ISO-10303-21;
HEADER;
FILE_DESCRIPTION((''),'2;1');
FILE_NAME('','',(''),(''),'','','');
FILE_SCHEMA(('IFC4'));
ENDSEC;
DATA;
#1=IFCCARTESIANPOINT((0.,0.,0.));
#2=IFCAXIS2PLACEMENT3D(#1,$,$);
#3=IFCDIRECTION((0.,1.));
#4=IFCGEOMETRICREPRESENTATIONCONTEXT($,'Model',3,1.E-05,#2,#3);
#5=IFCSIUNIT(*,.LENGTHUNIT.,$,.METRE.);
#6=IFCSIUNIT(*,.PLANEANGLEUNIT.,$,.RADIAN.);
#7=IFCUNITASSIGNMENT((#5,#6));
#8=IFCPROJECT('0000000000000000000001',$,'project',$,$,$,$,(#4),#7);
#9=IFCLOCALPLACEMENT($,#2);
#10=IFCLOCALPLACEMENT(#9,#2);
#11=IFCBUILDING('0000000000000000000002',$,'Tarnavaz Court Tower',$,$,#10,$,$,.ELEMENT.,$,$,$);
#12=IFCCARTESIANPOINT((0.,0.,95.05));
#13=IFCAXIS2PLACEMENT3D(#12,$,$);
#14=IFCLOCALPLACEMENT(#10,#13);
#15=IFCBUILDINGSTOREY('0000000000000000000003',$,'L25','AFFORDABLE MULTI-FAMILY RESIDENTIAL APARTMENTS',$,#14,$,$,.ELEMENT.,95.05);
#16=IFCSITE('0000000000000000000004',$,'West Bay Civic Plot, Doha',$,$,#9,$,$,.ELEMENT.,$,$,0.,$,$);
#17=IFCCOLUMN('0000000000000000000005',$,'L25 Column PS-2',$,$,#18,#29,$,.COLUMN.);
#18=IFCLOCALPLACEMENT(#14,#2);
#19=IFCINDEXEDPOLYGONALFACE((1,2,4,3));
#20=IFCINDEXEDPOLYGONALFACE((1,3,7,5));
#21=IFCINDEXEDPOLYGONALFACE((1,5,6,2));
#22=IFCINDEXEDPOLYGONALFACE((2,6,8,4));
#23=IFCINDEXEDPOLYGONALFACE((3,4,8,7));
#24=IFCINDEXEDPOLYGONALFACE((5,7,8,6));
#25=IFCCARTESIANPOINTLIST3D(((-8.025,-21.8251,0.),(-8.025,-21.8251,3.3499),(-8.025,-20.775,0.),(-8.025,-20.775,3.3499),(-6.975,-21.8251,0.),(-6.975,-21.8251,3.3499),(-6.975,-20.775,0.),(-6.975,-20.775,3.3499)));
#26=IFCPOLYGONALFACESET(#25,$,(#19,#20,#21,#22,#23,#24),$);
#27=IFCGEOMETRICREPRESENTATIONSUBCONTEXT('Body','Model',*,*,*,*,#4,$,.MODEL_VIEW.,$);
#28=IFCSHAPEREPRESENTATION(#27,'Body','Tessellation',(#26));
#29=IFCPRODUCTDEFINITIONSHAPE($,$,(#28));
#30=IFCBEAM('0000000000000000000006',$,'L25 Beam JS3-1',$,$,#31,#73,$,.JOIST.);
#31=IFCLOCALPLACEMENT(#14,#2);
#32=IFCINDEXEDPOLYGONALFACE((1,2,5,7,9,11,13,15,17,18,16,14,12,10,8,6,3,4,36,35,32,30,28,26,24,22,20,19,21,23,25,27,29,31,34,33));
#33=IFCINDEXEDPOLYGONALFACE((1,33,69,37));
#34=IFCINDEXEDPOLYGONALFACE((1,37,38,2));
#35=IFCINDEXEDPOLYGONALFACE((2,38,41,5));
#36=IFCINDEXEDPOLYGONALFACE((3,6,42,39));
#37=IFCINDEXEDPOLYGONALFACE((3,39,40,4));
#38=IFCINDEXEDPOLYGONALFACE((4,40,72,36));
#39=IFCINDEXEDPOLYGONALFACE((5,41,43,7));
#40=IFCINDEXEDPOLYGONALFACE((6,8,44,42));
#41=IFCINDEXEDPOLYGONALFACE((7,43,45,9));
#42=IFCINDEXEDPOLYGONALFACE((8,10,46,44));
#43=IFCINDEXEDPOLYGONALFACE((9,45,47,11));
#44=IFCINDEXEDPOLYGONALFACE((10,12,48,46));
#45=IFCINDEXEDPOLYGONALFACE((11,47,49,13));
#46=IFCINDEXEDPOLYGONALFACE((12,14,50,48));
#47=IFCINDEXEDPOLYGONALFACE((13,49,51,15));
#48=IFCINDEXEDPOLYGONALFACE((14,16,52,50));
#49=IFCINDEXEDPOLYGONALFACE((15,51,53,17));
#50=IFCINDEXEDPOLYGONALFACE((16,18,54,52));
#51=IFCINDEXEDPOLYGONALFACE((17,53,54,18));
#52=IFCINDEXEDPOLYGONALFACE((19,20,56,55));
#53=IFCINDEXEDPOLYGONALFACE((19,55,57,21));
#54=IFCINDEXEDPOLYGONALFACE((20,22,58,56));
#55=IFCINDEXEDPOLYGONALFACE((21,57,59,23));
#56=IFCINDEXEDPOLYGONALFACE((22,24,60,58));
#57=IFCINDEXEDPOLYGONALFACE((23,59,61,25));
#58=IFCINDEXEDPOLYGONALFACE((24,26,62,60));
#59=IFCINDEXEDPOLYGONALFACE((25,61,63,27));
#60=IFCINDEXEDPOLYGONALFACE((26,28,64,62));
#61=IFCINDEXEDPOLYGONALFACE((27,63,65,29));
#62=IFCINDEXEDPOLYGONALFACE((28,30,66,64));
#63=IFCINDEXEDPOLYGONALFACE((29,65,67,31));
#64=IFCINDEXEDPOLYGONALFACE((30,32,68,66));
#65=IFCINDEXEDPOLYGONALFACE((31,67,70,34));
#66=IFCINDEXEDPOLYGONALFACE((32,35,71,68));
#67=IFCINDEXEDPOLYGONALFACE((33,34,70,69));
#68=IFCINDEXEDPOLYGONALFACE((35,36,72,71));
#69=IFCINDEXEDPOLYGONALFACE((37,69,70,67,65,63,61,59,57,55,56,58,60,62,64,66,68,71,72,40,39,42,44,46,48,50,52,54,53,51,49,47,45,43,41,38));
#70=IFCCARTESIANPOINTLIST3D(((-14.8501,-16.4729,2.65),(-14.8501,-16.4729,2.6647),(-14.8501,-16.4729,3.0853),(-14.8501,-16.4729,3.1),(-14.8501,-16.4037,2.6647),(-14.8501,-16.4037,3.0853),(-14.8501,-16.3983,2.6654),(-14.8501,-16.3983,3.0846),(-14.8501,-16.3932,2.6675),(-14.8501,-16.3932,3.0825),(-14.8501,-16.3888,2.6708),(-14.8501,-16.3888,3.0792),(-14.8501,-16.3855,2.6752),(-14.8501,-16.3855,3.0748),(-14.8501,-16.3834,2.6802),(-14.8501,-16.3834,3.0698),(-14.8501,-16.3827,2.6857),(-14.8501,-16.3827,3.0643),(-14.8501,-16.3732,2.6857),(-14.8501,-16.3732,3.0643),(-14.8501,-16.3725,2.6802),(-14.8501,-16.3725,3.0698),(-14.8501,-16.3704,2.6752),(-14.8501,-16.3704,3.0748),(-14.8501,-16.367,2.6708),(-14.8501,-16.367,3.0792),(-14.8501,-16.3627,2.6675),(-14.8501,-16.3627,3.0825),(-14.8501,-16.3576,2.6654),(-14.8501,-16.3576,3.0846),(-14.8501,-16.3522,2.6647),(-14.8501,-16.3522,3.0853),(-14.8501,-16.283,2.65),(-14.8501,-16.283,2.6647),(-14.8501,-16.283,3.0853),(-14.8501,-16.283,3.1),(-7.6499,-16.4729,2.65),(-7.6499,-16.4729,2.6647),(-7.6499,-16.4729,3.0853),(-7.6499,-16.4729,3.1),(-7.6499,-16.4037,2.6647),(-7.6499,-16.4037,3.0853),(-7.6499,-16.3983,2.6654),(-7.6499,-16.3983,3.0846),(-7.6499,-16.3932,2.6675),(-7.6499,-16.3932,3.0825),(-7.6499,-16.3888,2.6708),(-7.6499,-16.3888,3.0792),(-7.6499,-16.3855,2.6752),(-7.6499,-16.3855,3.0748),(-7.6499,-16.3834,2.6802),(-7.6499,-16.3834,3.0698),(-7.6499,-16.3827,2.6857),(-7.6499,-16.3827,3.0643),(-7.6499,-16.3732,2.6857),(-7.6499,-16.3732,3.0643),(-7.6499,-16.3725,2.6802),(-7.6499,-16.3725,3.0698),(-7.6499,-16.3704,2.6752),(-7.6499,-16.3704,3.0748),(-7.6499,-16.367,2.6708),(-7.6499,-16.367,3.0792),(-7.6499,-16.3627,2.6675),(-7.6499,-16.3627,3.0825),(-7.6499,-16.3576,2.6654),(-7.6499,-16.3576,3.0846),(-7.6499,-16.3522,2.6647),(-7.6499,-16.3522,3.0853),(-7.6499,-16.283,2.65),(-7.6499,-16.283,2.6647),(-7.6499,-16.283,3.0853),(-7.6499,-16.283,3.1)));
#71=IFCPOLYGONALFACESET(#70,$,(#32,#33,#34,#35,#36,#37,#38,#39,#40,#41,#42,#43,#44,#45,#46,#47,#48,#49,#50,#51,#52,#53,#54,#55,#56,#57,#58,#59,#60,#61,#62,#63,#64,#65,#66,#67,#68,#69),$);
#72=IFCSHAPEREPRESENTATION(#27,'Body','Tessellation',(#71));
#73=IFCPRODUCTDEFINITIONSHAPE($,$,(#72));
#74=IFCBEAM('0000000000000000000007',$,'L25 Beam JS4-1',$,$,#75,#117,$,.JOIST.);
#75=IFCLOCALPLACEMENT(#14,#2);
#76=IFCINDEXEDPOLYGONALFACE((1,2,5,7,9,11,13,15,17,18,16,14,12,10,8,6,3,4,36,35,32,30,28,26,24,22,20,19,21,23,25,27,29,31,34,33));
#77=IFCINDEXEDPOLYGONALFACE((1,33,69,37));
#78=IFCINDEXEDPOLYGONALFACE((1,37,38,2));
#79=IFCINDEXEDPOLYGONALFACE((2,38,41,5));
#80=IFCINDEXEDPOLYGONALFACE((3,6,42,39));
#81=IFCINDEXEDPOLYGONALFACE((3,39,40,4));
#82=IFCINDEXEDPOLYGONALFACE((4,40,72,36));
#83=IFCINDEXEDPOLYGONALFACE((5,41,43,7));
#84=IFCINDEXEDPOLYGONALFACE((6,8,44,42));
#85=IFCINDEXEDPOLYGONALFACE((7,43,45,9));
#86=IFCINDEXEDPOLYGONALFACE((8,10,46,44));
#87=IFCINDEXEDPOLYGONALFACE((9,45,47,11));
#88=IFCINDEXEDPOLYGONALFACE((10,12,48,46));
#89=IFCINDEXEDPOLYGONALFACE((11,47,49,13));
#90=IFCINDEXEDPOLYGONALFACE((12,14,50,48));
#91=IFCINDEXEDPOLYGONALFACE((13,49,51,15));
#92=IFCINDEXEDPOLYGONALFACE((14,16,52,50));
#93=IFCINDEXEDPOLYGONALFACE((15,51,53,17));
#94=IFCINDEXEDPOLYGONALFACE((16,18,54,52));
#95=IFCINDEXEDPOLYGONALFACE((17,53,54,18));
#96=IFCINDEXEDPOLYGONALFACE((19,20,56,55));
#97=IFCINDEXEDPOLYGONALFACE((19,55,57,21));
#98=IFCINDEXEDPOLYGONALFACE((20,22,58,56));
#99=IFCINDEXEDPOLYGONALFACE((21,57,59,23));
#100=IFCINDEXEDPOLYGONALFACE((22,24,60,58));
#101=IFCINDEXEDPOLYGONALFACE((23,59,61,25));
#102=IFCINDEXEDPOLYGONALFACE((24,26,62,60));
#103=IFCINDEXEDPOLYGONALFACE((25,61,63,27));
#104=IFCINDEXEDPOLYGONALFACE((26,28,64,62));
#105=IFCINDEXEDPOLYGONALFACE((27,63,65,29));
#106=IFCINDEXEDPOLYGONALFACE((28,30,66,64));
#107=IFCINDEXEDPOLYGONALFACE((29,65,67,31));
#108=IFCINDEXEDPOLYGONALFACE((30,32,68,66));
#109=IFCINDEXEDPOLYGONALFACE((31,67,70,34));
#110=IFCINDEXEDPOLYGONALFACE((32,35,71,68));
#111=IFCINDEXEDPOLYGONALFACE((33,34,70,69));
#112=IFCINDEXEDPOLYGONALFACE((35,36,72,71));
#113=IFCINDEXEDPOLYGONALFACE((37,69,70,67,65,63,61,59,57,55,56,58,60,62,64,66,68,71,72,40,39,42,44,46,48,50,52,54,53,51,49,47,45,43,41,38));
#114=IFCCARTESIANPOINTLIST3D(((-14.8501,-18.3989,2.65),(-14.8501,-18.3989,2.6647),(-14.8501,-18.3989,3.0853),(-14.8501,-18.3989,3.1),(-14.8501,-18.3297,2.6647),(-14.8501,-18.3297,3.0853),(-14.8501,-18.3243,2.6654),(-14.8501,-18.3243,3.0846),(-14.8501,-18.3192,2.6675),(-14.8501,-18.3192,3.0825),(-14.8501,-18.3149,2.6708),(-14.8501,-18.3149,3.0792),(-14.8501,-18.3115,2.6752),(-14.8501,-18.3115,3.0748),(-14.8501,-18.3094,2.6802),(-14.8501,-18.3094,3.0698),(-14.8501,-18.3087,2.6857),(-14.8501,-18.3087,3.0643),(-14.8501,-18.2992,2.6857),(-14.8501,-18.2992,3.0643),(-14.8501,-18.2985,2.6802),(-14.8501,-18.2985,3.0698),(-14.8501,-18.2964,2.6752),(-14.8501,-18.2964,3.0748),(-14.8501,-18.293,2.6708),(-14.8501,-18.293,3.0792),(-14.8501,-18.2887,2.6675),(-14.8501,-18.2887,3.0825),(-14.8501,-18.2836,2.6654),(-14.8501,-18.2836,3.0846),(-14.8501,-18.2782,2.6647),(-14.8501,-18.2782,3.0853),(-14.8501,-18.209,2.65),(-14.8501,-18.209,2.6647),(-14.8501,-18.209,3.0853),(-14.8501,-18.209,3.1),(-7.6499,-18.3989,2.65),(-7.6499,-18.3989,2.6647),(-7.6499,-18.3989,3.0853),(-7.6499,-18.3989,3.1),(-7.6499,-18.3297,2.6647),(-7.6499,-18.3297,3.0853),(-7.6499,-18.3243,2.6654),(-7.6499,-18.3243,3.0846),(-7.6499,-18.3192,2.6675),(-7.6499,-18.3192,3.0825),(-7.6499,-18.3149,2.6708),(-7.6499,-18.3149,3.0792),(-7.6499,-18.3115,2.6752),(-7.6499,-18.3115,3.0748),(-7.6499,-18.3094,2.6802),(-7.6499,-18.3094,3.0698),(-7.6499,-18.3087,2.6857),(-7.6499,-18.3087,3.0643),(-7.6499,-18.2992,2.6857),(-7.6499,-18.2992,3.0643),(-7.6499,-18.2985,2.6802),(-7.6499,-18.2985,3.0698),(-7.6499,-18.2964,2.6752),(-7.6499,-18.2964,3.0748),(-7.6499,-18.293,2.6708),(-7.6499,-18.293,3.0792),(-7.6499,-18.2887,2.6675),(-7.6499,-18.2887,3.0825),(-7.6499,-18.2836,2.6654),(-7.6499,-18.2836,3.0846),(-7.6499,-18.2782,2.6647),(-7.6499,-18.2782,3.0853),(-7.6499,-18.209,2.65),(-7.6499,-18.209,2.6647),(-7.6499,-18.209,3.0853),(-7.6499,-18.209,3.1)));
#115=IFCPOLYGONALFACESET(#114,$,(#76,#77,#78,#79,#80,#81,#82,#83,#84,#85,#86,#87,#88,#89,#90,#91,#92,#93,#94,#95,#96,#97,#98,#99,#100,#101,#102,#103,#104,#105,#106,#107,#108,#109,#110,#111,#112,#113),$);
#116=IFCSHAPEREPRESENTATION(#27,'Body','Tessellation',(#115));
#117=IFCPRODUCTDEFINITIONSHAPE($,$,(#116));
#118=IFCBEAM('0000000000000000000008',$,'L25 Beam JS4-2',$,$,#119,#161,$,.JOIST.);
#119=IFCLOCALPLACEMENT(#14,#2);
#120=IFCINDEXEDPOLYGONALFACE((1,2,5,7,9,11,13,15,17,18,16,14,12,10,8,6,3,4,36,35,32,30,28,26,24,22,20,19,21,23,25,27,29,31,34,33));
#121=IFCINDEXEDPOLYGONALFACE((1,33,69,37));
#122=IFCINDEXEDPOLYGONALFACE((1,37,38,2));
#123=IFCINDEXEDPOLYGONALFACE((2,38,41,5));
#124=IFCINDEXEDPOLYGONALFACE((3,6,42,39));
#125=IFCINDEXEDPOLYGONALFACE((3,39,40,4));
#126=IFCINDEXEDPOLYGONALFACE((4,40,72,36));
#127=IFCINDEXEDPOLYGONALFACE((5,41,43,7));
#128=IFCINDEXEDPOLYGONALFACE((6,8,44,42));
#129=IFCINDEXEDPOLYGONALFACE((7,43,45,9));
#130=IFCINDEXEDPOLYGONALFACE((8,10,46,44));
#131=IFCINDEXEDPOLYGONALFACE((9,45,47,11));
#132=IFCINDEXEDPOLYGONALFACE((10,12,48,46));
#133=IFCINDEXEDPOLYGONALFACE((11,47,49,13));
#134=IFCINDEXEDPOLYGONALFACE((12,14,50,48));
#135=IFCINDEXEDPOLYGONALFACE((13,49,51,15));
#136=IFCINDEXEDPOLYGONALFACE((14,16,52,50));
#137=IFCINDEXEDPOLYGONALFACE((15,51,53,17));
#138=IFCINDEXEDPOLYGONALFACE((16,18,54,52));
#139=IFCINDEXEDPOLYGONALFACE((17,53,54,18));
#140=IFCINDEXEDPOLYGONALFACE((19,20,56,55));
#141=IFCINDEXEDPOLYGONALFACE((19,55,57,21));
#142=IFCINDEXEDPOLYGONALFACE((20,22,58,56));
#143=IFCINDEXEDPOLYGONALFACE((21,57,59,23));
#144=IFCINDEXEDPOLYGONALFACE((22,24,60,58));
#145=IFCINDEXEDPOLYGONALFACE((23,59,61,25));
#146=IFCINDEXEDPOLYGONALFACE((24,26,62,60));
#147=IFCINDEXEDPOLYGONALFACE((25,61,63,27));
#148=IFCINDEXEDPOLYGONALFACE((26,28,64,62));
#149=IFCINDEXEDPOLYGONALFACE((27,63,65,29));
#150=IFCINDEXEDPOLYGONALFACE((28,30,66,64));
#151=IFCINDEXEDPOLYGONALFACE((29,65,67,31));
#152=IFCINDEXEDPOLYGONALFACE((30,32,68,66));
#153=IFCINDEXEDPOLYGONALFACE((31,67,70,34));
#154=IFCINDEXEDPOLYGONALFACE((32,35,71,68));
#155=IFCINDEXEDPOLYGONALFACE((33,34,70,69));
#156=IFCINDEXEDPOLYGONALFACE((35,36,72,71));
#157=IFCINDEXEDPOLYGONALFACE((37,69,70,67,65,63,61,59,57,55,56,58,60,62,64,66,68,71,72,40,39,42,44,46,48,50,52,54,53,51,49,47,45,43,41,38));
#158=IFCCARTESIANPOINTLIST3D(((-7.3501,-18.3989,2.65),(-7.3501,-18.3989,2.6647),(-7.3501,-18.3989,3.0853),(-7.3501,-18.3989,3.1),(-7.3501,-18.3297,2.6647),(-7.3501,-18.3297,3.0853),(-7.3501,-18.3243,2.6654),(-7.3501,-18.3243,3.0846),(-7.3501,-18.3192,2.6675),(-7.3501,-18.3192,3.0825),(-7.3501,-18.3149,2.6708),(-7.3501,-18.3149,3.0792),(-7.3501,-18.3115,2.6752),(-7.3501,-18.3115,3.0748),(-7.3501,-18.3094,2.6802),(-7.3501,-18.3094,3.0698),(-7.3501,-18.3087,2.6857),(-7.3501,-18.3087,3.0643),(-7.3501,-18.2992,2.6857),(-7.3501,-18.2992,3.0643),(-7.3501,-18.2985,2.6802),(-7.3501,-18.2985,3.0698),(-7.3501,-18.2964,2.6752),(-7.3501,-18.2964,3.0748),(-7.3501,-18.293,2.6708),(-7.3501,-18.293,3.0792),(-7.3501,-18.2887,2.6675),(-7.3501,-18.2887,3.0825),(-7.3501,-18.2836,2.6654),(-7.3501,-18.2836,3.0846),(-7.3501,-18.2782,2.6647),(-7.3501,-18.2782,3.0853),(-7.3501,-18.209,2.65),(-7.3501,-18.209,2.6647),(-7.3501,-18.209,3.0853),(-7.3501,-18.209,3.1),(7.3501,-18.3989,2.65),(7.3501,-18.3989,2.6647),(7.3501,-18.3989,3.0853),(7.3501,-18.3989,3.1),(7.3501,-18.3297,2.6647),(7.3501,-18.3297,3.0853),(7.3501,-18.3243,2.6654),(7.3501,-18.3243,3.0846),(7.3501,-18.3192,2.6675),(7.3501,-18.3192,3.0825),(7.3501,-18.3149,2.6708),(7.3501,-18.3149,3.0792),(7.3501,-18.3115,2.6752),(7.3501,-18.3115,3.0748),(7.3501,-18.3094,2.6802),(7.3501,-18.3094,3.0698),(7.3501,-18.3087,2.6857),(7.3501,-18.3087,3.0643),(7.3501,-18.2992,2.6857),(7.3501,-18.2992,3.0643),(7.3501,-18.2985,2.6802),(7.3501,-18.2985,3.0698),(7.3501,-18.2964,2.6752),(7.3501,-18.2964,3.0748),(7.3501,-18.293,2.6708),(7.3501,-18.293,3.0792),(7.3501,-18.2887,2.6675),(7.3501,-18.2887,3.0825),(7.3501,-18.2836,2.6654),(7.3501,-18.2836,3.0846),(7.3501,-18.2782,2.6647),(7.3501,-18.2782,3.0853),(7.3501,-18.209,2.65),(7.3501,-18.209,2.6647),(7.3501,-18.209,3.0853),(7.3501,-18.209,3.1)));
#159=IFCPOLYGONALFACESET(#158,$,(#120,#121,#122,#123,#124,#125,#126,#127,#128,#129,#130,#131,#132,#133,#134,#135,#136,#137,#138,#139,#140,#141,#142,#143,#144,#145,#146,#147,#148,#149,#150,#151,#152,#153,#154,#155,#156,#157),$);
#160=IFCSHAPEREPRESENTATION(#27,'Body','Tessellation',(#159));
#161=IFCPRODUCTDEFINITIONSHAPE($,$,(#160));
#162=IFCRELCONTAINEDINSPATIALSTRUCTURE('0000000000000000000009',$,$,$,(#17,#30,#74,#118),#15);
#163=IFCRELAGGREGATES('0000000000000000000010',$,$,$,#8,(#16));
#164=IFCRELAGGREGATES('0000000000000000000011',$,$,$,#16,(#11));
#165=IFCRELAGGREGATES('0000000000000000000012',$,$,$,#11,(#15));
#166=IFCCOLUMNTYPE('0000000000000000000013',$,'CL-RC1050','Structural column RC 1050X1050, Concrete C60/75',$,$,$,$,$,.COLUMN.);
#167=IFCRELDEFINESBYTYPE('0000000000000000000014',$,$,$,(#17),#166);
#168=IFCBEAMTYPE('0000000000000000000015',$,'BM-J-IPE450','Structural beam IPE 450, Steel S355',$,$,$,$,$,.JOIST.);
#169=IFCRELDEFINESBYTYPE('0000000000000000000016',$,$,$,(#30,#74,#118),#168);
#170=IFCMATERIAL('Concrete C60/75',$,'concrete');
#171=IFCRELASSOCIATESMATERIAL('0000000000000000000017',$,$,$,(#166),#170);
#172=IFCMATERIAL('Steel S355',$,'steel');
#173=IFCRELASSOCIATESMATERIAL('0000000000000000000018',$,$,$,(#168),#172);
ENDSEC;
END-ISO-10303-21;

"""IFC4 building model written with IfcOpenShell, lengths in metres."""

from ifc_helpers import new_model, si_unit, direction, frame, origin, origin_2d, place, context, subcontext, project, spatial, rectangle, i_section, extrude, material, material_profile, profile_set, type_object, element, save


model = new_model("IFC4")

# Units and contexts
model_context = context("Model", 3, precision=1e-05, world=origin(), true_north=direction((0.0, 1.0)))
body_context = subcontext(model_context, "Body", "Model", "MODEL_VIEW")
ifc_project = project(units=[si_unit("LENGTHUNIT", "METRE"), si_unit("PLANEANGLEUNIT", "RADIAN")], contexts=[model_context])

# Site, building, storey
site_placement = place(None, origin())
site = spatial("IfcSite", under=ifc_project, at=site_placement, Name="West Bay Civic Plot, Doha", CompositionType="ELEMENT", RefElevation=0.0)
building_placement = place(site_placement, origin())
building = spatial("IfcBuilding", under=site, at=building_placement, Name="Tarnavaz Court Tower", CompositionType="ELEMENT")
storey_placement = place(building_placement, frame((0.0, 0.0, 95.05)))
storey = spatial("IfcBuildingStorey", under=building, at=storey_placement, Name="L25", Description="AFFORDABLE MULTI-FAMILY RESIDENTIAL APARTMENTS", CompositionType="ELEMENT", Elevation=95.05)

# Column
ifc_material_1 = material(Name="Concrete C60/75", Category="concrete")
ifc_material_profile_1 = material_profile(ifc_material_1, rectangle(XDim=1.05, YDim=1.05, at=origin_2d()), Name="RC 1050X1050")
ifc_profile_set_1 = profile_set([ifc_material_profile_1], Name="Concrete C60/75")
column_type = type_object("IfcColumnType", Name="CL-RC1050", Description="Structural column RC 1050X1050, Concrete C60/75", PredefinedType="COLUMN", material=ifc_profile_set_1)
column_placement = place(storey_placement, frame((-7.5, -21.3, 0.0), z_axis=(0.0, 0.0, 1.0), x_axis=(1.0, 0.0, 0.0)))
element("IfcColumn", 1, at=column_placement, inside=storey, type_object=column_type, Name="L25 Column PS-2", PredefinedType="COLUMN", context=body_context, shape_type="SweptSolid", body=[
    extrude(rectangle(XDim=1.05, YDim=1.05, at=origin_2d()), origin(), (0.0, 0.0, 1.0), 3.3499),
])

# Beams
ifc_material_2 = material(Name="Steel S355", Category="steel")
ifc_material_profile_2 = material_profile(ifc_material_2, i_section(OverallWidth=0.1899, OverallDepth=0.45, WebThickness=0.0095, FlangeThickness=0.0146, FilletRadius=0.021, at=origin_2d()), Name="IPE 450")
ifc_profile_set_2 = profile_set([ifc_material_profile_2], Name="Steel S355")
beam_type_1 = type_object("IfcBeamType", Name="BM-J-IPE450", Description="Structural beam IPE 450, Steel S355", PredefinedType="JOIST", material=ifc_profile_set_2)
for number, where, z_axis, x_axis, name in (
    (2, (-14.8501, -16.3779, 2.875), (1.0, 0.0, 0.0), (0.0, 1.0, 0.0), "L25 Beam JS3-1"),
    (3, (-14.8501, -18.304, 2.875), (1.0, 0.0, 0.0), (0.0, 1.0, 0.0), "L25 Beam JS4-1"),
):
    element("IfcBeam", number, at=place(storey_placement, frame(where, z_axis=z_axis, x_axis=x_axis)), inside=storey, type_object=beam_type_1, Name=name, PredefinedType="JOIST", context=body_context, shape_type="SweptSolid", body=[
        extrude(i_section(OverallWidth=0.1899, OverallDepth=0.45, WebThickness=0.0095, FlangeThickness=0.0146, FilletRadius=0.021, at=origin_2d()), origin(), (0.0, 0.0, 1.0), 7.2002),
    ])
beam_1_placement = place(storey_placement, frame((-7.3501, -18.304, 2.875), z_axis=(1.0, 0.0, 0.0), x_axis=(0.0, 1.0, 0.0)))
element("IfcBeam", 4, at=beam_1_placement, inside=storey, type_object=beam_type_1, Name="L25 Beam JS4-2", PredefinedType="JOIST", context=body_context, shape_type="SweptSolid", body=[
    extrude(i_section(OverallWidth=0.1899, OverallDepth=0.45, WebThickness=0.0095, FlangeThickness=0.0146, FilletRadius=0.021, at=origin_2d()), origin(), (0.0, 0.0, 1.0), 14.7002),
])

save(model, "model.ifc")
